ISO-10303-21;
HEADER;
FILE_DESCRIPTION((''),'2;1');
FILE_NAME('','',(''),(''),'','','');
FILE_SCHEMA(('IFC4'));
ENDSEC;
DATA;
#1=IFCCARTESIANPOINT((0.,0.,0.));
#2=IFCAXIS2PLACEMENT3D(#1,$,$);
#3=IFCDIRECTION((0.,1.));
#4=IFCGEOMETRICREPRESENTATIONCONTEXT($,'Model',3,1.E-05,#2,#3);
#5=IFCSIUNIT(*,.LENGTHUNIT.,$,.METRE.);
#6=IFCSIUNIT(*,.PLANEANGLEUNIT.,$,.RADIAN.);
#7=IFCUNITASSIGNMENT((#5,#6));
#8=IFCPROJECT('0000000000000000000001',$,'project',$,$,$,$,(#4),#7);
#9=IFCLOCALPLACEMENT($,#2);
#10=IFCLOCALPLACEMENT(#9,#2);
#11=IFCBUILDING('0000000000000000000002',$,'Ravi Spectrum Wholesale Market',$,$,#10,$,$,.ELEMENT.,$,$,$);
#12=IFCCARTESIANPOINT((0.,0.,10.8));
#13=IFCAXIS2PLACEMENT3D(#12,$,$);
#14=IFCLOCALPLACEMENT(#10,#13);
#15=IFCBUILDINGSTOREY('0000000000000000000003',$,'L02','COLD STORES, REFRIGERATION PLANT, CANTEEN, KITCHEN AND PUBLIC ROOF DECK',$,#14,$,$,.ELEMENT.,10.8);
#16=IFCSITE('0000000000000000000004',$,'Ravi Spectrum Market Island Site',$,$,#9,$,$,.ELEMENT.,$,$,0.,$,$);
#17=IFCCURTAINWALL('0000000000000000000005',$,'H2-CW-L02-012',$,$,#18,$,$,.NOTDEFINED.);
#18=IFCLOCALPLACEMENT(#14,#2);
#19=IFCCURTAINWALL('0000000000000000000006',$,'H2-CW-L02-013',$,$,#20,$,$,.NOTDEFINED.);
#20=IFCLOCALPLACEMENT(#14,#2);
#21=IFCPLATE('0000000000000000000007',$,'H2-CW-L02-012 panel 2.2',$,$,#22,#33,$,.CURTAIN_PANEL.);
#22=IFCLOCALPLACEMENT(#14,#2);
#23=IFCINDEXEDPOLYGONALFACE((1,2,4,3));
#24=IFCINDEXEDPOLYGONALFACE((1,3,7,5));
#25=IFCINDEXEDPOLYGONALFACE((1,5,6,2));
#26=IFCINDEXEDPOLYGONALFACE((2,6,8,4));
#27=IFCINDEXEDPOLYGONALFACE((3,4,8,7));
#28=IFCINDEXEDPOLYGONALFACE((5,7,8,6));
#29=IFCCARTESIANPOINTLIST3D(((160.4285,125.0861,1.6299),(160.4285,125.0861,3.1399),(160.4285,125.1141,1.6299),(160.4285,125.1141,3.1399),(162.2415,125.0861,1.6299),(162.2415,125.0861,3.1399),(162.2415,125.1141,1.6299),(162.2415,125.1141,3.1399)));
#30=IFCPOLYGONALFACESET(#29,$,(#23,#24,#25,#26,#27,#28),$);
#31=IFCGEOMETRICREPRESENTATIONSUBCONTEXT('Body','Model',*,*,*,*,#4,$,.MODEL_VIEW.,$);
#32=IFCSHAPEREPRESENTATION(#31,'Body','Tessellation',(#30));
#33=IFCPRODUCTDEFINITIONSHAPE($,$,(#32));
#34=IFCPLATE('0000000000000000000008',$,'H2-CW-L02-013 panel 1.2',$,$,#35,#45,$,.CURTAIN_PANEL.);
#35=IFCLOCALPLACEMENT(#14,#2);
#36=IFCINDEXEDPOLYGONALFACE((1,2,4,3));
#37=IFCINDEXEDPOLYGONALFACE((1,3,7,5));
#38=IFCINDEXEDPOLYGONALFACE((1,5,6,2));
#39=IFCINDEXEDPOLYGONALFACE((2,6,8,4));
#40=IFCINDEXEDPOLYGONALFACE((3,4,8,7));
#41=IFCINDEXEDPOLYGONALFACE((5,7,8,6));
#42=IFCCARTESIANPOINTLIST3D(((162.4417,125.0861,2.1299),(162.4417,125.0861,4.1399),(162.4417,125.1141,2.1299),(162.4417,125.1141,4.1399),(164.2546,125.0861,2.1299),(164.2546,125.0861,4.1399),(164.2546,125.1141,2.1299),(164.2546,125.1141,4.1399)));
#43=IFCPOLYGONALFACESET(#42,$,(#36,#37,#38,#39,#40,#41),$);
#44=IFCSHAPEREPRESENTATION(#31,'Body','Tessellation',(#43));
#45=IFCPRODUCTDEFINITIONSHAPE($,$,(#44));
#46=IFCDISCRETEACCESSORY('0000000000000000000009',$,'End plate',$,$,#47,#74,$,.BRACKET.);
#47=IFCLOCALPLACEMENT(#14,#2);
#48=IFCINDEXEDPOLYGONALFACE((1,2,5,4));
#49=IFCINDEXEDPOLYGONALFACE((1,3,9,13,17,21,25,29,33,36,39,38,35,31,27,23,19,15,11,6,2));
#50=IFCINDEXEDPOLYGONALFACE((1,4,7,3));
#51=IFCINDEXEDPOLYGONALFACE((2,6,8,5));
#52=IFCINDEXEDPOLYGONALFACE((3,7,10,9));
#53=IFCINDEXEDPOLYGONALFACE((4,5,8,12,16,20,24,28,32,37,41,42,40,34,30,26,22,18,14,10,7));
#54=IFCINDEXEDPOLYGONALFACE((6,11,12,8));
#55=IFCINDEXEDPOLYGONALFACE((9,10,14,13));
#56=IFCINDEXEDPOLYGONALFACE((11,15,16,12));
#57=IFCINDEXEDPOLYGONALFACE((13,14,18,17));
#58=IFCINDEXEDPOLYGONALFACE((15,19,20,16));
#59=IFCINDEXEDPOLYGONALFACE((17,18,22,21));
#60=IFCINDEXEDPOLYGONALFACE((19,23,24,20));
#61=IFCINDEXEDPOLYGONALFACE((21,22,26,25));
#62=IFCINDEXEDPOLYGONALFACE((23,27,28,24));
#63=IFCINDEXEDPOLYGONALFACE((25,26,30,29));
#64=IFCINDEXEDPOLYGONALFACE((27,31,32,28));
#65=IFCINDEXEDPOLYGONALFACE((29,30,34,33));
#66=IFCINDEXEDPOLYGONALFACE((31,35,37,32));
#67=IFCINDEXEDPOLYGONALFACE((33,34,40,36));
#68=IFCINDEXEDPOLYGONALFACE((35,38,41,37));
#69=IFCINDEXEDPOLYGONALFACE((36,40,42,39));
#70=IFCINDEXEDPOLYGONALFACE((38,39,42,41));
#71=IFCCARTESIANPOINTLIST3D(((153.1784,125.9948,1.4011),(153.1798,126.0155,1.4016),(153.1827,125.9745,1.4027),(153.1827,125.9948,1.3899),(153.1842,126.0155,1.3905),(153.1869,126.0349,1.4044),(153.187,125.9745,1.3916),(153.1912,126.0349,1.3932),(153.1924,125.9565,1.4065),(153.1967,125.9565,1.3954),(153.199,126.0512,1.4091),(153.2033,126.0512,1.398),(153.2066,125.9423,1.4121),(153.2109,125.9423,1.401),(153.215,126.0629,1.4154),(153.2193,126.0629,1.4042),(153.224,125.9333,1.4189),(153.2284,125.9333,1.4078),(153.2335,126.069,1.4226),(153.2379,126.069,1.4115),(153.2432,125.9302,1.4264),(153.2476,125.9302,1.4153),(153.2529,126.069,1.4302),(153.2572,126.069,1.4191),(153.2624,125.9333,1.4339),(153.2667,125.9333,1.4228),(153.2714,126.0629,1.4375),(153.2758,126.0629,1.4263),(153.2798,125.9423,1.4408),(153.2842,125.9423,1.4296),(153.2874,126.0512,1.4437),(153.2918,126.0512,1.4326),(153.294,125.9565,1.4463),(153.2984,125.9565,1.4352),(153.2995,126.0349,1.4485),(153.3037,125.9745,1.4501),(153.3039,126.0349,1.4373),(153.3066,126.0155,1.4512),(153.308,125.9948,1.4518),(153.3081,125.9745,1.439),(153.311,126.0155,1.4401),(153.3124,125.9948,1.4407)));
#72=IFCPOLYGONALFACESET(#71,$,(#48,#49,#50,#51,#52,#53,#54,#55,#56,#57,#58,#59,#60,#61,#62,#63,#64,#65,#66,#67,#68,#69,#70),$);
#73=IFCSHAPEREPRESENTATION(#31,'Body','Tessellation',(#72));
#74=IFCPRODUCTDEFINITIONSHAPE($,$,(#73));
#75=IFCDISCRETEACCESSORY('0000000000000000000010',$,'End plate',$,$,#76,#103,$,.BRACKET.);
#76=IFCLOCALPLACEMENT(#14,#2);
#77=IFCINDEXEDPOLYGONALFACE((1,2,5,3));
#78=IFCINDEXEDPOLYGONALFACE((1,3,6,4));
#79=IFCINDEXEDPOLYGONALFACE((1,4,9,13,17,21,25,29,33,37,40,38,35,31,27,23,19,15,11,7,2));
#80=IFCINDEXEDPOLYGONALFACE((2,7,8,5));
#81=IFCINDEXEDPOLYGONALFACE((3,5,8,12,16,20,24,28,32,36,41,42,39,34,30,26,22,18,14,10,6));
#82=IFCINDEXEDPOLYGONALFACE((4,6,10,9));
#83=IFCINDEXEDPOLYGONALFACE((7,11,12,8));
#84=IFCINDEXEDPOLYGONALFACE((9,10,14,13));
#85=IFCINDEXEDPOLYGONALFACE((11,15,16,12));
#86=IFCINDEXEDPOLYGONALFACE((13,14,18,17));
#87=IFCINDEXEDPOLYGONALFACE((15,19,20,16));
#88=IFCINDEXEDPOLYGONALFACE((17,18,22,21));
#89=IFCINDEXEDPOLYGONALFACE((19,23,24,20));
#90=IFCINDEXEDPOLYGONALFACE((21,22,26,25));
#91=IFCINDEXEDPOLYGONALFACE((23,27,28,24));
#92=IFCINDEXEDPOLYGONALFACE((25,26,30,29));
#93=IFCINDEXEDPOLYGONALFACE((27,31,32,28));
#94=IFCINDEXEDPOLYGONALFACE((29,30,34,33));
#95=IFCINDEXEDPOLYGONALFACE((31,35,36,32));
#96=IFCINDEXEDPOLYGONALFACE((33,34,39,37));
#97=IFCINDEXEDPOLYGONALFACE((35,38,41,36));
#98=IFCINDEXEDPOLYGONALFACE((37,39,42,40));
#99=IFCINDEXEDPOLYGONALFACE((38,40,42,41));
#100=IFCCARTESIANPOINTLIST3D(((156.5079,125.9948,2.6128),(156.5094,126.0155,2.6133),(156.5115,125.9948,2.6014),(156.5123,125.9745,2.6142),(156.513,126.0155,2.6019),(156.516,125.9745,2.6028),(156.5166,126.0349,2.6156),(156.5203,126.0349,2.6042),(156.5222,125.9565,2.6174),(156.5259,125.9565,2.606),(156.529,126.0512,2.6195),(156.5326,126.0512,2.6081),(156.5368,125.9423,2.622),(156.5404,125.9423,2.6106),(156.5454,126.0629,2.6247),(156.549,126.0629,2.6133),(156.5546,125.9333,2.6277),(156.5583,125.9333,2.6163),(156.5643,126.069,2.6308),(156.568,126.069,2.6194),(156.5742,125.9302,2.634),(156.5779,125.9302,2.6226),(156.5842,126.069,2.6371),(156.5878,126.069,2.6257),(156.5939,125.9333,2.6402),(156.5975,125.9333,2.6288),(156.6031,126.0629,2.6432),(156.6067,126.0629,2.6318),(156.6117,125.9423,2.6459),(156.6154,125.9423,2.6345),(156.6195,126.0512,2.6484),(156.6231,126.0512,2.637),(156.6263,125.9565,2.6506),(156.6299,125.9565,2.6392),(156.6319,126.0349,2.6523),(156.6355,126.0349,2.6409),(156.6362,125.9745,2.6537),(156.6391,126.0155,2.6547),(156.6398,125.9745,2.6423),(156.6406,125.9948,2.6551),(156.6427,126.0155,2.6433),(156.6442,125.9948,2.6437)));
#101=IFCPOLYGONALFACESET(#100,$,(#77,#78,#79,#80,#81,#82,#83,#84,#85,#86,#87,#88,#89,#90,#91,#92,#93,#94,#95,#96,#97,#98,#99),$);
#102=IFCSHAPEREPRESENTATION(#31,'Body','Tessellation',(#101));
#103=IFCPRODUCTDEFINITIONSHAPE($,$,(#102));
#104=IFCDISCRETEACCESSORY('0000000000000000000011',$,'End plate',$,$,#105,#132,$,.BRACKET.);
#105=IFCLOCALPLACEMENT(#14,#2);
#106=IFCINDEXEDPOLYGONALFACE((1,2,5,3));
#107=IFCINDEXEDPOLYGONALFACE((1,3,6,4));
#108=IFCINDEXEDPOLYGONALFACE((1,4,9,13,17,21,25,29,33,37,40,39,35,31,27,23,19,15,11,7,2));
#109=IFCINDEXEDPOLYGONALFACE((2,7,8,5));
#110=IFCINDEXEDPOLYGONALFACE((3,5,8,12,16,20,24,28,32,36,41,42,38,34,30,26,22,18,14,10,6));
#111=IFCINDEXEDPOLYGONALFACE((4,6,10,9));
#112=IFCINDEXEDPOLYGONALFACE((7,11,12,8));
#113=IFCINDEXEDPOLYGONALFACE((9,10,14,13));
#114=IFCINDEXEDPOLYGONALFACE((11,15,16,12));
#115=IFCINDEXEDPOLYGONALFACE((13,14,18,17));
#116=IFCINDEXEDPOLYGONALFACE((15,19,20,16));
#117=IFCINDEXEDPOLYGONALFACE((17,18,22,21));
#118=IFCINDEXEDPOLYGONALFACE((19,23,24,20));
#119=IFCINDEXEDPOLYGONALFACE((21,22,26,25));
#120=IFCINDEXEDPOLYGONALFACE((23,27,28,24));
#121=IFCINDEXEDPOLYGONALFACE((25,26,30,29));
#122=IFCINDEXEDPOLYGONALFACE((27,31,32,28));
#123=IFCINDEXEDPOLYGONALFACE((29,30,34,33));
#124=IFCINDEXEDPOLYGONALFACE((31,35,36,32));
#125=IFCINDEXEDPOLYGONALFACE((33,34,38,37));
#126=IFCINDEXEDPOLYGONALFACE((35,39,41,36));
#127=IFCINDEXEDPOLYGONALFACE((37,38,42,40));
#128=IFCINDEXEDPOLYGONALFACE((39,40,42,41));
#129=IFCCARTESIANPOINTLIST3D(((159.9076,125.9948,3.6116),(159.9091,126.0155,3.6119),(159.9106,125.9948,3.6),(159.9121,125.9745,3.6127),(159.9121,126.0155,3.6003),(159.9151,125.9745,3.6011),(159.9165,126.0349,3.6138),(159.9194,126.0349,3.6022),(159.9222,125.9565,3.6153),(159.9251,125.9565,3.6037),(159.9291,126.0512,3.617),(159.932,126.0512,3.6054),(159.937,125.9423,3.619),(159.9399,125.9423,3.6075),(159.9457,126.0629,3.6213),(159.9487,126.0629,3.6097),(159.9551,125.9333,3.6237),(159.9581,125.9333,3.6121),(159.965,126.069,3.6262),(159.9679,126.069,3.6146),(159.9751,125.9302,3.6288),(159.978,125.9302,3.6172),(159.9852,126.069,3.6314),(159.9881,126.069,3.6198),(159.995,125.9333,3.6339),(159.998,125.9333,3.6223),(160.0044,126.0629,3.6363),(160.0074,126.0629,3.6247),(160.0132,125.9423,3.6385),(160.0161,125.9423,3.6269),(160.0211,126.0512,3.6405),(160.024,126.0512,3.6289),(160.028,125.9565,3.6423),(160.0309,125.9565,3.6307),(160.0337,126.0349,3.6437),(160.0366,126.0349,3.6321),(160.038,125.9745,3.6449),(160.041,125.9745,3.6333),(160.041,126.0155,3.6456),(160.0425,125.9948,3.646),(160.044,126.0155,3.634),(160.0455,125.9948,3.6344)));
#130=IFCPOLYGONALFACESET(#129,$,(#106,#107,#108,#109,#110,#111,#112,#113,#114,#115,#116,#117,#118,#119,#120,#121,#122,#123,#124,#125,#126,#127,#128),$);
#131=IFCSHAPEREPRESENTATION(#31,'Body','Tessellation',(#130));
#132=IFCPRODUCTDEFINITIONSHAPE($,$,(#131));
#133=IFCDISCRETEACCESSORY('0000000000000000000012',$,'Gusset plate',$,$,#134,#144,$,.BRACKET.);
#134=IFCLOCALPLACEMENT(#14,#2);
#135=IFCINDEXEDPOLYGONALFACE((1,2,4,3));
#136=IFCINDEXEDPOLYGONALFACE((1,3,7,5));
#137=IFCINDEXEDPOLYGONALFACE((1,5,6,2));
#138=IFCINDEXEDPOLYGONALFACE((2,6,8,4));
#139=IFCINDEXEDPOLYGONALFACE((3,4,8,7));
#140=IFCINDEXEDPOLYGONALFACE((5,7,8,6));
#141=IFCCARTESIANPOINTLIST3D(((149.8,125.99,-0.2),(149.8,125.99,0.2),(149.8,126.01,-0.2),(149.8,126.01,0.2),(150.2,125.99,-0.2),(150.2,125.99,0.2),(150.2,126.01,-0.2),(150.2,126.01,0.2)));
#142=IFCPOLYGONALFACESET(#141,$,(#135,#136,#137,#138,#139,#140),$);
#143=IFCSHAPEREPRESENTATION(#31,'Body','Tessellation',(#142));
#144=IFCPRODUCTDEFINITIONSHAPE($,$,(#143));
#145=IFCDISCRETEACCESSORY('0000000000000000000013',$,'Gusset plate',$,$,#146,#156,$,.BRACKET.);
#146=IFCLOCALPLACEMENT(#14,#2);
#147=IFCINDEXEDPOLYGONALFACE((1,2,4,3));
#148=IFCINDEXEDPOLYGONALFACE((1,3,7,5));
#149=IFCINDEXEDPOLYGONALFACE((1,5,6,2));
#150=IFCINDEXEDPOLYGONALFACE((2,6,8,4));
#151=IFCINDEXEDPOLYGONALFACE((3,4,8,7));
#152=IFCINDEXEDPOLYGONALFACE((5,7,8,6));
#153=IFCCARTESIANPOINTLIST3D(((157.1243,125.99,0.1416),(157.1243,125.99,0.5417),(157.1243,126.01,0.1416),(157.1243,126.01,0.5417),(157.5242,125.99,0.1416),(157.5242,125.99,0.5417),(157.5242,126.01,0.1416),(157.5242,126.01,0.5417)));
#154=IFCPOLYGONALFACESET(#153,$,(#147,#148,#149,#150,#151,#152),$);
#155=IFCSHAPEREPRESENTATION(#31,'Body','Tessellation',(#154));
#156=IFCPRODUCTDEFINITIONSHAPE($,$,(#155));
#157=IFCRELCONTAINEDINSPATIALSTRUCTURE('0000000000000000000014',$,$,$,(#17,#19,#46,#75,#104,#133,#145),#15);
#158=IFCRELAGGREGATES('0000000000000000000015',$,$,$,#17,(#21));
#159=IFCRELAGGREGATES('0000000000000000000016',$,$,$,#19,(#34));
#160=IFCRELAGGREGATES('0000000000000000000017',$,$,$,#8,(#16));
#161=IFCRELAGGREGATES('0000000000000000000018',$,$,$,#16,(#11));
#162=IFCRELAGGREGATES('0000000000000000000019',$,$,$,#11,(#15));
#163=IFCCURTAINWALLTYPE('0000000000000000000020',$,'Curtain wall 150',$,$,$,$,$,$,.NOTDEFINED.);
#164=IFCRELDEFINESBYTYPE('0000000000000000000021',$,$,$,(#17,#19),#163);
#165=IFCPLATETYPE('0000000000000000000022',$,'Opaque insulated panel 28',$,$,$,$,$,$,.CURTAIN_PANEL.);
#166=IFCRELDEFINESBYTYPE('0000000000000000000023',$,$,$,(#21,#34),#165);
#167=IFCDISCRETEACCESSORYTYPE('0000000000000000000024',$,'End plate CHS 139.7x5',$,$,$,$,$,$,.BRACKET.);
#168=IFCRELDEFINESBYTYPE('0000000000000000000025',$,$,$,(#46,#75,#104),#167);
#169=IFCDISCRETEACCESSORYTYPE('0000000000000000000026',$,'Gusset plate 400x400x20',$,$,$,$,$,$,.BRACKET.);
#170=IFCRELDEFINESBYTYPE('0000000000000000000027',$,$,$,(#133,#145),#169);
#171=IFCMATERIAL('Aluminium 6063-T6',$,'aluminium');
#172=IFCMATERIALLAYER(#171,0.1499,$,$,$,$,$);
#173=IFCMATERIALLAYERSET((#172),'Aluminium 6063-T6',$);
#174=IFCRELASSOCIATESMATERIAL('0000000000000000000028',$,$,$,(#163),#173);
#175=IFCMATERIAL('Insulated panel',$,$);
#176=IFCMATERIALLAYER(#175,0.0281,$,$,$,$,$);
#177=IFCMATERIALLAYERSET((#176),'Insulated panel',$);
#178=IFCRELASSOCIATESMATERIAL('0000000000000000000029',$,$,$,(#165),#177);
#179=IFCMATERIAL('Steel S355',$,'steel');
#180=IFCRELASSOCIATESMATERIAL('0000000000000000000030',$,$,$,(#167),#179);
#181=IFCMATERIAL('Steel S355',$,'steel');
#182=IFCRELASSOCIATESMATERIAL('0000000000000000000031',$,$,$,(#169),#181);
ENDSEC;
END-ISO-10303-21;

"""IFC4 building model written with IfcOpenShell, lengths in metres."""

from ifc_helpers import new_model, si_unit, direction, frame, origin, origin_2d, place, context, subcontext, project, spatial, rectangle, circle, extrude, material, layer, layer_set, material_profile, profile_set, type_object, element, aggregate, save


model = new_model("IFC4")

# Units and contexts
model_context = context("Model", 3, precision=1e-05, world=origin(), true_north=direction((0.0, 1.0)))
body_context = subcontext(model_context, "Body", "Model", "MODEL_VIEW")
ifc_project = project(units=[si_unit("LENGTHUNIT", "METRE"), si_unit("PLANEANGLEUNIT", "RADIAN")], contexts=[model_context])

# Site, building, storey
site_placement = place(None, origin())
site = spatial("IfcSite", under=ifc_project, at=site_placement, Name="Ravi Spectrum Market Island Site", CompositionType="ELEMENT", RefElevation=0.0)
building_placement = place(site_placement, origin())
building = spatial("IfcBuilding", under=site, at=building_placement, Name="Ravi Spectrum Wholesale Market", CompositionType="ELEMENT")
storey_placement = place(building_placement, frame((0.0, 0.0, 10.8)))
storey = spatial("IfcBuildingStorey", under=building, at=storey_placement, Name="L02", Description="COLD STORES, REFRIGERATION PLANT, CANTEEN, KITCHEN AND PUBLIC ROOF DECK", CompositionType="ELEMENT", Elevation=10.8)

# Curtain walls
ifc_material_1 = material(Name="Aluminium 6063-T6", Category="aluminium")
ifc_layer_1 = layer(ifc_material_1, 0.1499)
ifc_layer_set_1 = layer_set([ifc_layer_1], Name="Aluminium 6063-T6")
curtain_wall_type = type_object("IfcCurtainWallType", Name="Curtain wall 150", PredefinedType="NOTDEFINED", material=ifc_layer_set_1)
curtain_wall_1_placement = place(storey_placement, origin())
curtain_wall_1 = element("IfcCurtainWall", 1, at=curtain_wall_1_placement, inside=storey, type_object=curtain_wall_type, Name="H2-CW-L02-012", PredefinedType="NOTDEFINED")
curtain_wall_2_placement = place(storey_placement, origin())
curtain_wall_2 = element("IfcCurtainWall", 2, at=curtain_wall_2_placement, inside=storey, type_object=curtain_wall_type, Name="H2-CW-L02-013", PredefinedType="NOTDEFINED")

# Plates
ifc_material_2 = material(Name="Insulated panel")
ifc_layer_2 = layer(ifc_material_2, 0.0281)
ifc_layer_set_2 = layer_set([ifc_layer_2], Name="Insulated panel")
plate_type_1 = type_object("IfcPlateType", Name="Opaque insulated panel 28", PredefinedType="CURTAIN_PANEL", material=ifc_layer_set_2)
plate_1_placement = place(storey_placement, frame((161.335, 125.1001, 1.6299), z_axis=(0.0, 0.0, 1.0), x_axis=(1.0, 0.0, 0.0)))
plate_1 = element("IfcPlate", 3, at=plate_1_placement, type_object=plate_type_1, Name="H2-CW-L02-012 panel 2.2", PredefinedType="CURTAIN_PANEL", context=body_context, shape_type="SweptSolid", body=[
    extrude(rectangle(XDim=1.813, YDim=0.0281, at=origin_2d()), origin(), (0.0, 0.0, 1.0), 1.51),
])
aggregate(curtain_wall_1, [plate_1])
plate_2_placement = place(storey_placement, frame((163.3481, 125.1001, 2.1299), z_axis=(0.0, 0.0, 1.0), x_axis=(1.0, 0.0, 0.0)))
plate_2 = element("IfcPlate", 4, at=plate_2_placement, type_object=plate_type_1, Name="H2-CW-L02-013 panel 1.2", PredefinedType="CURTAIN_PANEL", context=body_context, shape_type="SweptSolid", body=[
    extrude(rectangle(XDim=1.813, YDim=0.0281, at=origin_2d()), origin(), (0.0, 0.0, 1.0), 2.01),
])
aggregate(curtain_wall_2, [plate_2])

# Discrete accessories
ifc_material_3 = material(Name="Steel S355", Category="steel")
ifc_material_profile_1 = material_profile(ifc_material_3, circle(Radius=0.0698, at=origin_2d()))
ifc_profile_set_1 = profile_set([ifc_material_profile_1], Name="Steel S355")
discrete_accessory_type_1 = type_object("IfcDiscreteAccessoryType", Name="End plate CHS 139.7x5", PredefinedType="BRACKET", material=ifc_profile_set_1)
for number, where, z_axis, x_axis, name in (
    (5, (153.2476, 126.0, 1.4153), (-0.364399, 0.0, 0.931243), (0.0, -1.0, 0.0), "End plate"),
    (6, (156.5779, 126.0, 2.6226), (-0.30404, 0.0, 0.952659), (0.0, -1.0, 0.0), "End plate"),
    (7, (159.978, 126.0, 3.6172), (-0.247383, 0.0, 0.968918), (0.0, -1.0, 0.0), "End plate"),
):
    element("IfcDiscreteAccessory", number, at=place(storey_placement, frame(where, z_axis=z_axis, x_axis=x_axis)), inside=storey, type_object=discrete_accessory_type_1, Name=name, PredefinedType="BRACKET", context=body_context, shape_type="SweptSolid", body=[
        extrude(circle(Radius=0.0698, at=origin_2d()), origin(), (0.0, 0.0, 1.0), 0.012),
    ])
ifc_material_4 = material(Name="Steel S355", Category="steel")
ifc_material_profile_2 = material_profile(ifc_material_4, rectangle(XDim=0.3999, YDim=0.02, at=origin_2d()))
ifc_profile_set_2 = profile_set([ifc_material_profile_2], Name="Steel S355")
discrete_accessory_type_2 = type_object("IfcDiscreteAccessoryType", Name="Gusset plate 400x400x20", PredefinedType="BRACKET", material=ifc_profile_set_2)
discrete_accessory_1_placement = place(storey_placement, frame((150.0, 126.0, -0.2), z_axis=(0.0, 0.0, 1.0), x_axis=(1.0, 0.0, 0.0)))
element("IfcDiscreteAccessory", 8, at=discrete_accessory_1_placement, inside=storey, type_object=discrete_accessory_type_2, Name="Gusset plate", PredefinedType="BRACKET", context=body_context, shape_type="SweptSolid", body=[
    extrude(rectangle(XDim=0.3999, YDim=0.02, at=origin_2d()), origin(), (0.0, 0.0, 1.0), 0.3999),
])
discrete_accessory_2_placement = place(storey_placement, frame((157.3242, 126.0, 0.1416), z_axis=(0.0, 0.0, 1.0), x_axis=(1.0, 0.0, 0.0)))
element("IfcDiscreteAccessory", 9, at=discrete_accessory_2_placement, inside=storey, type_object=discrete_accessory_type_2, Name="Gusset plate", PredefinedType="BRACKET", context=body_context, shape_type="SweptSolid", body=[
    extrude(rectangle(XDim=0.3999, YDim=0.02, at=origin_2d()), origin(), (0.0, 0.0, 1.0), 0.4001),
])

save(model, "model.ifc")
